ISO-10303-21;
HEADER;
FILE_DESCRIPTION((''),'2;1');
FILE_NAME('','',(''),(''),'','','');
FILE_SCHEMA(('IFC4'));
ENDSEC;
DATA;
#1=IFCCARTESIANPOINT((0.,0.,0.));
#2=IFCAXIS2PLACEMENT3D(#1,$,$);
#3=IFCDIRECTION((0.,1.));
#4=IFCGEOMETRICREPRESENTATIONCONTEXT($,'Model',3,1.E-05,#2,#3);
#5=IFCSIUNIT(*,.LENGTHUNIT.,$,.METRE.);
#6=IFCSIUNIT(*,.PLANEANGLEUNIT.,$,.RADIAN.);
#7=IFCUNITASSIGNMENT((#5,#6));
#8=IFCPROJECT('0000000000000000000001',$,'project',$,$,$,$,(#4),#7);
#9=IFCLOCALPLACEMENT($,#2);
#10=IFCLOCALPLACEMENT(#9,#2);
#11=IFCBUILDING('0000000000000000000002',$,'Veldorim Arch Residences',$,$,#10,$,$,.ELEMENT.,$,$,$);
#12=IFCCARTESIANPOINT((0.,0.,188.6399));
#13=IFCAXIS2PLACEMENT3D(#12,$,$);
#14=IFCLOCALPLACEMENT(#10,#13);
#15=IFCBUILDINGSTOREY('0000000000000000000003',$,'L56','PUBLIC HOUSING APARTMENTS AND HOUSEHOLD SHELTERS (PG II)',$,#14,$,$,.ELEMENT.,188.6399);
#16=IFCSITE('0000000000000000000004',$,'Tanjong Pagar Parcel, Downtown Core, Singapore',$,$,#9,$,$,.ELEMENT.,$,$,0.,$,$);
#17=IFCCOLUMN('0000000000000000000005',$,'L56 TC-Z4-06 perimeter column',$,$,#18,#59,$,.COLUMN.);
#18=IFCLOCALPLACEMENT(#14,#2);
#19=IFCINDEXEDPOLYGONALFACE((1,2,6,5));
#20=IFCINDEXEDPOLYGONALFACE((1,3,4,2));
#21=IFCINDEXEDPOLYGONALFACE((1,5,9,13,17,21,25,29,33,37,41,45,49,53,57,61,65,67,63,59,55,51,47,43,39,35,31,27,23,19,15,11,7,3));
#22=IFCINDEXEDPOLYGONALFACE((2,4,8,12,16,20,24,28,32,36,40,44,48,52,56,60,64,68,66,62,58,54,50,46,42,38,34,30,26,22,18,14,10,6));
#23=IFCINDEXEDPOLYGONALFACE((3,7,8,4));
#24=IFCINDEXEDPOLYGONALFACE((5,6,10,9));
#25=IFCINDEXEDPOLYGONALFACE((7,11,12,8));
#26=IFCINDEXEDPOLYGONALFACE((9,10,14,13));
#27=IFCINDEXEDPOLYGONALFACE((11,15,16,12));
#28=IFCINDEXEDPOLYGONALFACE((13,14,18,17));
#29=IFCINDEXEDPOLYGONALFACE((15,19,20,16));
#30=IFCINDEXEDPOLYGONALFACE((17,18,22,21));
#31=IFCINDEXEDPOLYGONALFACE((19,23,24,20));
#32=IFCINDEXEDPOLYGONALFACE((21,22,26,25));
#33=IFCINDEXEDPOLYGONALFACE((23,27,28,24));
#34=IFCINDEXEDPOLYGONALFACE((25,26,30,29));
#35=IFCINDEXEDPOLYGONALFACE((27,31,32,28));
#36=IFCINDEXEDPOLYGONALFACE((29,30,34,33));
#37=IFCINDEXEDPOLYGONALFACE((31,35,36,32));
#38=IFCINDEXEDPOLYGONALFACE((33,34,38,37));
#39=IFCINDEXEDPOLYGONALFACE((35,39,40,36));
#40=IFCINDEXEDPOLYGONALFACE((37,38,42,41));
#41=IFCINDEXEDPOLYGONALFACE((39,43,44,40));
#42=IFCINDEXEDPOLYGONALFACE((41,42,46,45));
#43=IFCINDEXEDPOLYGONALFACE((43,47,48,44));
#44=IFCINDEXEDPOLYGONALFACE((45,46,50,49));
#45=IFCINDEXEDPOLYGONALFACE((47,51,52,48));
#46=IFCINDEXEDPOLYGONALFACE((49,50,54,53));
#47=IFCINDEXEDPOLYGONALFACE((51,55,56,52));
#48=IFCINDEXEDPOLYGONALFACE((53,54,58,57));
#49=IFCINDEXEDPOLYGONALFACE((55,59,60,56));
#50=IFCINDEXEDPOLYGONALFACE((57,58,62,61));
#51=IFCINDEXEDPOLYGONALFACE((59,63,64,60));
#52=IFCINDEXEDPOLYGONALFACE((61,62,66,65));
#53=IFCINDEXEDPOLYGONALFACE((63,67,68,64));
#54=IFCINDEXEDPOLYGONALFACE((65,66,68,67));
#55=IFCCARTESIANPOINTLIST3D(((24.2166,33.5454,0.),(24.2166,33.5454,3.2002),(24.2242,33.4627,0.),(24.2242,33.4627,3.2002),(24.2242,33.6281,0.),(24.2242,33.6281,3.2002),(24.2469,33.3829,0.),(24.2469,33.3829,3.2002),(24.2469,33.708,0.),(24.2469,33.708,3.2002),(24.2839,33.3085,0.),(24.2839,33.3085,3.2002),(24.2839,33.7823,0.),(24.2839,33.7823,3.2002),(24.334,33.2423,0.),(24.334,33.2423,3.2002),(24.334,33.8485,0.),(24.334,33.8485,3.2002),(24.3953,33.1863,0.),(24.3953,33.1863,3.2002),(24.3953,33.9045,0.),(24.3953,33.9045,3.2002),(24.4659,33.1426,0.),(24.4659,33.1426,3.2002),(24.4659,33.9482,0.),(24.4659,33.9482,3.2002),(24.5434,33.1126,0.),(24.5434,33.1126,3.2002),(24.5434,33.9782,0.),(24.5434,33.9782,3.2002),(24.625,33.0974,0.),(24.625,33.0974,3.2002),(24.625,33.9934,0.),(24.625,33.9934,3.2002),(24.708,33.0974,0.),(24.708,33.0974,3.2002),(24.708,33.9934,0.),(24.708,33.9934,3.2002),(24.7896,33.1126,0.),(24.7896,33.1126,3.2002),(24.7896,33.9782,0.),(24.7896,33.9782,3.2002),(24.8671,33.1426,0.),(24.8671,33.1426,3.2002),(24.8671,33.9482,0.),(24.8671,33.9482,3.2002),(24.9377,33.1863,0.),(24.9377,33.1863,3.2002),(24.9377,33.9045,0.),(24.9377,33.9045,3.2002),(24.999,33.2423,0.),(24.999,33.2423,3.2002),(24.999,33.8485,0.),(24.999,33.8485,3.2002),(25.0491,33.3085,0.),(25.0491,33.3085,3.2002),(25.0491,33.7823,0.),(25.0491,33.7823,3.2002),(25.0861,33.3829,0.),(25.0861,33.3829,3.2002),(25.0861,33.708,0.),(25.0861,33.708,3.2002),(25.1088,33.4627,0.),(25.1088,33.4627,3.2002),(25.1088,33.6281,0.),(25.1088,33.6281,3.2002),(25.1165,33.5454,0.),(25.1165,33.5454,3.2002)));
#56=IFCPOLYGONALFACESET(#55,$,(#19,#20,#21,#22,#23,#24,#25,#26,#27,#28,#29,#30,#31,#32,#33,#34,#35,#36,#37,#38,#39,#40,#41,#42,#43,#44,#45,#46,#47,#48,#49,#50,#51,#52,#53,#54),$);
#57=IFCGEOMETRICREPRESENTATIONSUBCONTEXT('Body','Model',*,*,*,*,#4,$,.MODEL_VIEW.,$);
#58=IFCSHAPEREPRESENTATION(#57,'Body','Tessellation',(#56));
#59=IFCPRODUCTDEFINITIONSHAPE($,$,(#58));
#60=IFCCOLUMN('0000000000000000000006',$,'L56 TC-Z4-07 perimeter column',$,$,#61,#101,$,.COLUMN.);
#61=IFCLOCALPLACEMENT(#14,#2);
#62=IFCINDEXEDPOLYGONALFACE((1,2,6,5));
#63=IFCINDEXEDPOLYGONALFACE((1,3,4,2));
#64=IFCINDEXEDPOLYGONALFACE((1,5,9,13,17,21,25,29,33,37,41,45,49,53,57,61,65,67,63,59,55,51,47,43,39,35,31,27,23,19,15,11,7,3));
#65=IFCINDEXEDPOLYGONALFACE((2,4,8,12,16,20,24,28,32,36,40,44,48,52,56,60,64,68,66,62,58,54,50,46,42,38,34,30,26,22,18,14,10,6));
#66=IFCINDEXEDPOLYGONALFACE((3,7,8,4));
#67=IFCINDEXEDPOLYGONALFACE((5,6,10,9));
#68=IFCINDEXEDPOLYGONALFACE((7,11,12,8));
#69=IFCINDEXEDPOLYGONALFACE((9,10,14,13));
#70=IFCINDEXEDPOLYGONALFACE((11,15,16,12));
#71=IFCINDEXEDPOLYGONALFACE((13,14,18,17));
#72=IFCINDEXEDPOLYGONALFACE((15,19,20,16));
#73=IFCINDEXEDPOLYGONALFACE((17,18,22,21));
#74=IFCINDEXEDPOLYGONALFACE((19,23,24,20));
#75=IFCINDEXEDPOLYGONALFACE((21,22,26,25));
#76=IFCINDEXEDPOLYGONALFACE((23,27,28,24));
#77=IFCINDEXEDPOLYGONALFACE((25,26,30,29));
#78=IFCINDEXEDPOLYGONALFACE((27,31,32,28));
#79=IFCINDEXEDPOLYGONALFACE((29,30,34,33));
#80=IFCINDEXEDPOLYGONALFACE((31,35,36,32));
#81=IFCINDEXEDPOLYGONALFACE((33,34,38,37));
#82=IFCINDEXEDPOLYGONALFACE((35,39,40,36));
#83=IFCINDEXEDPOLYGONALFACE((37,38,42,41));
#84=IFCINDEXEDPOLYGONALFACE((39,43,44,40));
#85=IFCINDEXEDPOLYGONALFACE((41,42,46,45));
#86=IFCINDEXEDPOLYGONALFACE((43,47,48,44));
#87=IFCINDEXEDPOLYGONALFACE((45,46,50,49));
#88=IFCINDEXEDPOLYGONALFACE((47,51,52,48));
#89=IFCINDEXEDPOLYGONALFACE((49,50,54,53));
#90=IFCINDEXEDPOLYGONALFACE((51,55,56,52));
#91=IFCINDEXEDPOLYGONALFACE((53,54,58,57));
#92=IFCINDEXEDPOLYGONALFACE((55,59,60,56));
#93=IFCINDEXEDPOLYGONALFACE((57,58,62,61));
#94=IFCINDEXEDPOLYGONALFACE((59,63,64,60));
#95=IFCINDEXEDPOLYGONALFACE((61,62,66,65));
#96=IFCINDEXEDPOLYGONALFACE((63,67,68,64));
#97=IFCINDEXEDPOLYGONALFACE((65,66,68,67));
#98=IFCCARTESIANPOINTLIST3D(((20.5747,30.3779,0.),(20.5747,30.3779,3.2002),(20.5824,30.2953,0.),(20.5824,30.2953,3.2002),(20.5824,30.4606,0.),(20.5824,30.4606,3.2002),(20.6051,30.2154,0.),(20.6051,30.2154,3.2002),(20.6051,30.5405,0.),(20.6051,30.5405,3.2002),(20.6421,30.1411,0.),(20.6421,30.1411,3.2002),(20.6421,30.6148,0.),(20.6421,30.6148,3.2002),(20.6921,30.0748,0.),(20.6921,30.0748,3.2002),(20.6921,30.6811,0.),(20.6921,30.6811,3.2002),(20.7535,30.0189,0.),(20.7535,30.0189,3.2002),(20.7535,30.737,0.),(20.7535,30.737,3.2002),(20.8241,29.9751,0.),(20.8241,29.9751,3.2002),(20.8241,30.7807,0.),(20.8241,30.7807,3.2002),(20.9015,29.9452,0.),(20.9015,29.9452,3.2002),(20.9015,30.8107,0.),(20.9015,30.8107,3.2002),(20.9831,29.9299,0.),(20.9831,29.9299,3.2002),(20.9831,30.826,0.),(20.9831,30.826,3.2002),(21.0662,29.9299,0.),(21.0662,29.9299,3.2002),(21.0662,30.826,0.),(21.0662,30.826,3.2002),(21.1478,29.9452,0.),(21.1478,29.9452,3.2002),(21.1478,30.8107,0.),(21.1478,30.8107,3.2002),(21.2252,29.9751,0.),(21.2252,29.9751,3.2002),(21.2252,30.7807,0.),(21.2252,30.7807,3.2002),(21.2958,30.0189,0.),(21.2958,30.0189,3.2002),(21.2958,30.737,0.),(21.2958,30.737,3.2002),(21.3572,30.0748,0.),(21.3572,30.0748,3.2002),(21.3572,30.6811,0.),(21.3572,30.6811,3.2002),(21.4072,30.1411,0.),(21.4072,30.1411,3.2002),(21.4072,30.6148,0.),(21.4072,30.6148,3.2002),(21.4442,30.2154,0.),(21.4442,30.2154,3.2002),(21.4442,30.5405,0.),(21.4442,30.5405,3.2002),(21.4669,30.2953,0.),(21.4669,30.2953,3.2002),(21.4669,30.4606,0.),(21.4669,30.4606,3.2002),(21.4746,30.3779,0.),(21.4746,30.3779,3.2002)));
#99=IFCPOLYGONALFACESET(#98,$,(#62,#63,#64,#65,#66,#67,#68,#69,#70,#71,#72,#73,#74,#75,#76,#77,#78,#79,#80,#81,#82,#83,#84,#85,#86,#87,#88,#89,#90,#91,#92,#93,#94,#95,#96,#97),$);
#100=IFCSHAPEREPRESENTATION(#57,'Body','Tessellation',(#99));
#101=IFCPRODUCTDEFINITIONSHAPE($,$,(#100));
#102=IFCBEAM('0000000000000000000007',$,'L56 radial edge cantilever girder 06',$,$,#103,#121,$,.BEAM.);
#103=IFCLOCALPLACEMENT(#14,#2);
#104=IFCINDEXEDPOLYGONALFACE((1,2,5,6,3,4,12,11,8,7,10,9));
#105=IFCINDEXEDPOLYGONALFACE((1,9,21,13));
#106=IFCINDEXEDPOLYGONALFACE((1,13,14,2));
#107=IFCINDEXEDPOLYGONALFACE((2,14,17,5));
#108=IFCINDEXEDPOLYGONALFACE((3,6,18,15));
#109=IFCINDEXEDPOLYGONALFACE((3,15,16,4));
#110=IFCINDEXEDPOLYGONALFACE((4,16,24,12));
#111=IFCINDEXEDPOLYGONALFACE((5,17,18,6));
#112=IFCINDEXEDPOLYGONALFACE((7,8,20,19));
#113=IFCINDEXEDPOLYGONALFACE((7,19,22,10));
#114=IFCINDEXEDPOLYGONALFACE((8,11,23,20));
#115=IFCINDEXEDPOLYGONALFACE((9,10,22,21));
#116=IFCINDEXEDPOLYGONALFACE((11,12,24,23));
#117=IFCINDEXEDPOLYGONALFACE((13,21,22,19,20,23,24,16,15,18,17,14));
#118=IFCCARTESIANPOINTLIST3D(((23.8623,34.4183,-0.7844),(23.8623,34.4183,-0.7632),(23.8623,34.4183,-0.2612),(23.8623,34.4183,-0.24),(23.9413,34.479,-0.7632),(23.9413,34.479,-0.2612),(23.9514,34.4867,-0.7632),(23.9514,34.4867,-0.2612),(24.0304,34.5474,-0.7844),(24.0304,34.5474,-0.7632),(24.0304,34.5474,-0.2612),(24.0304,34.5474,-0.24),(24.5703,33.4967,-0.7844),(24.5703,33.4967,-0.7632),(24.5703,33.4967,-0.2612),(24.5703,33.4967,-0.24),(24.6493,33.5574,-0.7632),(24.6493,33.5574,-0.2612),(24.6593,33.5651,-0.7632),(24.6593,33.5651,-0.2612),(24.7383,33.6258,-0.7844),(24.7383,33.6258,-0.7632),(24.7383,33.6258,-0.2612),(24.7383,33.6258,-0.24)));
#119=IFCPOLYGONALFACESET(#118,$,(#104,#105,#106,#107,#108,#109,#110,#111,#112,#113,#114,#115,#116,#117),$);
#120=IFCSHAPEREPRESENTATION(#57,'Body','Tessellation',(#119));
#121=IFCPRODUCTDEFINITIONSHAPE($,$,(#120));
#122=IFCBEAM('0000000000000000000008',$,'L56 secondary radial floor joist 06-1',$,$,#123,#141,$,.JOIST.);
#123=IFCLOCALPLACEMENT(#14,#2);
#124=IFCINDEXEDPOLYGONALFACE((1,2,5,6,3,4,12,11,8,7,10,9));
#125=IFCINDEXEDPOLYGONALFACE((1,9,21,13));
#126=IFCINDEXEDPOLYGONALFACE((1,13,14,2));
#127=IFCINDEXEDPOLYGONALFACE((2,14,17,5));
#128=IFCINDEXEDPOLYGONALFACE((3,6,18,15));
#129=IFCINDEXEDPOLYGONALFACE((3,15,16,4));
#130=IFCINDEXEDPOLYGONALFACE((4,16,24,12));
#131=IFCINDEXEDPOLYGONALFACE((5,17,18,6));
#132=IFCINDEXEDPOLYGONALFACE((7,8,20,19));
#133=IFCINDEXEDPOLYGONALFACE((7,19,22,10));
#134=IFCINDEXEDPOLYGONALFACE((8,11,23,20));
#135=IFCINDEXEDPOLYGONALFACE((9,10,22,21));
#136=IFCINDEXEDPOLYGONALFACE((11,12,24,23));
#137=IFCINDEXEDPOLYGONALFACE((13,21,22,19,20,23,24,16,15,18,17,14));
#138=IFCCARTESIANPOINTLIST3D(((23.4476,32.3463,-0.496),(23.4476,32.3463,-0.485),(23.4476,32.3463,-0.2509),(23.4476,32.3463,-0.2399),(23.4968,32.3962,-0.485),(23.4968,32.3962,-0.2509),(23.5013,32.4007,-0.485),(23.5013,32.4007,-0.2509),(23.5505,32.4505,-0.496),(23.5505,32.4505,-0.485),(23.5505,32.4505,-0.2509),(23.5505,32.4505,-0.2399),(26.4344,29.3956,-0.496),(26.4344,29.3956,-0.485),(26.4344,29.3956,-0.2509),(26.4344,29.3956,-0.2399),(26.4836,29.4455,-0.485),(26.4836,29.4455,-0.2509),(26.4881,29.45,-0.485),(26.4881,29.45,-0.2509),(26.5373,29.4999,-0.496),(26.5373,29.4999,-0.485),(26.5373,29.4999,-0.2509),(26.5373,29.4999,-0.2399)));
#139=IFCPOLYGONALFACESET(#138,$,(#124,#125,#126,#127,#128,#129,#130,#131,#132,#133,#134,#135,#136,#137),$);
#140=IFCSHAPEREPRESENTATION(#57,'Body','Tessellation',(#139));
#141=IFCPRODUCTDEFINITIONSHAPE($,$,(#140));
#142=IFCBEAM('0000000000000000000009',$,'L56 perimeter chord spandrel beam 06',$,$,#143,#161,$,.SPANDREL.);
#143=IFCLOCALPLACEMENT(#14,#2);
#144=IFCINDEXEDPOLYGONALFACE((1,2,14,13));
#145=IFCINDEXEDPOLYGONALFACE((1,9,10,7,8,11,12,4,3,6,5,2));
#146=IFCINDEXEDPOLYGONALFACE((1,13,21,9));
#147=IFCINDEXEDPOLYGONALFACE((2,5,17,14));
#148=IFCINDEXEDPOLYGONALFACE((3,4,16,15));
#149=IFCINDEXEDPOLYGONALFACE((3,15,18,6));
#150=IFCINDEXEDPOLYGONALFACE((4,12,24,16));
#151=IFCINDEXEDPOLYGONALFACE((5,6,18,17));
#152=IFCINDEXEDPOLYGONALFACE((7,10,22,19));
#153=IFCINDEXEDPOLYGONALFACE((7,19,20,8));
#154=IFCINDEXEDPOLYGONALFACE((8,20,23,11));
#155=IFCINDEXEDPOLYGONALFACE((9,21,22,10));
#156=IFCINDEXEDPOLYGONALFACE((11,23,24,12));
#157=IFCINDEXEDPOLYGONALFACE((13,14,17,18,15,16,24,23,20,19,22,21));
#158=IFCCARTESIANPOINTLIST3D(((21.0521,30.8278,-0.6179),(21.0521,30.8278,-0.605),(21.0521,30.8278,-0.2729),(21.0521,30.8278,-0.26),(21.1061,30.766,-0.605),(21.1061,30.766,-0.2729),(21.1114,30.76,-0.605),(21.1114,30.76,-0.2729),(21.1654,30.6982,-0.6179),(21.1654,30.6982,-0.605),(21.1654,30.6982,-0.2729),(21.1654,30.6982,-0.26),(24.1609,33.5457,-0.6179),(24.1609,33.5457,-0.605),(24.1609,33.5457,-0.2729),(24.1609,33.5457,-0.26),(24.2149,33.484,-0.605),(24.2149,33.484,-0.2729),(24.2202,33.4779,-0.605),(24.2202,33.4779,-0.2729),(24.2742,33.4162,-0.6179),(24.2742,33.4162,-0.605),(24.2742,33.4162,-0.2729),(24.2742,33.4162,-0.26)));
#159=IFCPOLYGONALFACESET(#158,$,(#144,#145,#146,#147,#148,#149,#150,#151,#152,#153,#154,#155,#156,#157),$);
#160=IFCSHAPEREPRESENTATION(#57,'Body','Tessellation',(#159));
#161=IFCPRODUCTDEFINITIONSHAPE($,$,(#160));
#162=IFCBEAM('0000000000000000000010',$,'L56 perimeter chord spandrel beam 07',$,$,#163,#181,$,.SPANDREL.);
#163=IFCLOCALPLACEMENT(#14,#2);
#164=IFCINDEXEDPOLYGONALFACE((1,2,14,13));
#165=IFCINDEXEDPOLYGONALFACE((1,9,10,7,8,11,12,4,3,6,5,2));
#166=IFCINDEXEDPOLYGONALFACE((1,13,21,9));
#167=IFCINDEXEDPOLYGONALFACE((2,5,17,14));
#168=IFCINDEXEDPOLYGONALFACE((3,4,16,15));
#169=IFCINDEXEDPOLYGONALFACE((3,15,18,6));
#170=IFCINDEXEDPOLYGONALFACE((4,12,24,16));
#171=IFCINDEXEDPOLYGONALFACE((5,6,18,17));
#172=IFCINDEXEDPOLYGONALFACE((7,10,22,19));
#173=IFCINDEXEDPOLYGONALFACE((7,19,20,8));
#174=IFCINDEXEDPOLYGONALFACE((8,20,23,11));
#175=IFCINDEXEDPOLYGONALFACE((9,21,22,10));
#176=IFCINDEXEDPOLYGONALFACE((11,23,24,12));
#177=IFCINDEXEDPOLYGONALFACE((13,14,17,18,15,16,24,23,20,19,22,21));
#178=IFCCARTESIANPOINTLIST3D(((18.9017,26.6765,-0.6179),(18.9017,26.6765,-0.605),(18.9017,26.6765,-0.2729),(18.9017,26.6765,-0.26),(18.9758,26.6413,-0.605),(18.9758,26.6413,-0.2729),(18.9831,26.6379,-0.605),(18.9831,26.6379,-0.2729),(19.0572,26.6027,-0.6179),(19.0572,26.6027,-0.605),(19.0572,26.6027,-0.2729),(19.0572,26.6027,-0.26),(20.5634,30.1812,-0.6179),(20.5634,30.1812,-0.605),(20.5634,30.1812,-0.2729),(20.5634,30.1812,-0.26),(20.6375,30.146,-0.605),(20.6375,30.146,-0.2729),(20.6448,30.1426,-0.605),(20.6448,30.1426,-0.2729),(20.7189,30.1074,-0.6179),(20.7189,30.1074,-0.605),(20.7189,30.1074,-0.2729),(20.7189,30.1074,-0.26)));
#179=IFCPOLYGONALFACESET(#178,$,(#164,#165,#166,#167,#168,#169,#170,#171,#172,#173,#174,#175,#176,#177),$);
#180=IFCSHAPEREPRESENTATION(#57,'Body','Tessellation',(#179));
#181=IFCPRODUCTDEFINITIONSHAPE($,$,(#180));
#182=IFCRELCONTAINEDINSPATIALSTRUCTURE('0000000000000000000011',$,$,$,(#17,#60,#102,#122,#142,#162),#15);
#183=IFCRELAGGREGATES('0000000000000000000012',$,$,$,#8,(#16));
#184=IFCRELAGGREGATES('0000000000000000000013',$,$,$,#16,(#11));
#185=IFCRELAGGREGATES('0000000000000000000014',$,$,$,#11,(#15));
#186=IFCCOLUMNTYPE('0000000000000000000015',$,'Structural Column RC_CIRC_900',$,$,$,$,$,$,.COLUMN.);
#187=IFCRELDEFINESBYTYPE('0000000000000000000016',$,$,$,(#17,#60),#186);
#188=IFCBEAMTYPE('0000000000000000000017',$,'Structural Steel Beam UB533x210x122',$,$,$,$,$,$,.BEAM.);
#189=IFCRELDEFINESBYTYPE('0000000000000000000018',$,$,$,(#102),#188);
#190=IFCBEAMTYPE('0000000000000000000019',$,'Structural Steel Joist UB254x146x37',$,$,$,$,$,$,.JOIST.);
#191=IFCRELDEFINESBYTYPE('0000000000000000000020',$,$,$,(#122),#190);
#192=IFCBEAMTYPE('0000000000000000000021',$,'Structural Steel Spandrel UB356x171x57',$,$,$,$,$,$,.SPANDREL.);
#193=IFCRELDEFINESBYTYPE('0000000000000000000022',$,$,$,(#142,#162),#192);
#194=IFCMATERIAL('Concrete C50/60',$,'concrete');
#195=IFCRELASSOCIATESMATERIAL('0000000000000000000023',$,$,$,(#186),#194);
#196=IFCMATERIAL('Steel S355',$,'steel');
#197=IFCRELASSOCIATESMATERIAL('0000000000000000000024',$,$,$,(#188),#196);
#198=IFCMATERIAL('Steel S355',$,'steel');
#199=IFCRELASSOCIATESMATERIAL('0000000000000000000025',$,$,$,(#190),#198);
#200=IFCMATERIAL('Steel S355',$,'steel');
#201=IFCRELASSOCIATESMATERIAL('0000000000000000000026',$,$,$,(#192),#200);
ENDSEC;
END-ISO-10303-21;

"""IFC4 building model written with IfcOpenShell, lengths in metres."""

from ifc_helpers import new_model, si_unit, direction, frame, origin, origin_2d, place, context, subcontext, project, spatial, circle, i_section, extrude, material, material_profile, profile_set, type_object, element, save


model = new_model("IFC4")

# Units and contexts
model_context = context("Model", 3, precision=1e-05, world=origin(), true_north=direction((0.0, 1.0)))
body_context = subcontext(model_context, "Body", "Model", "MODEL_VIEW")
ifc_project = project(units=[si_unit("LENGTHUNIT", "METRE"), si_unit("PLANEANGLEUNIT", "RADIAN")], contexts=[model_context])

# Site, building, storey
site_placement = place(None, origin())
site = spatial("IfcSite", under=ifc_project, at=site_placement, Name="Tanjong Pagar Parcel, Downtown Core, Singapore", CompositionType="ELEMENT", RefElevation=0.0)
building_placement = place(site_placement, origin())
building = spatial("IfcBuilding", under=site, at=building_placement, Name="Veldorim Arch Residences", CompositionType="ELEMENT")
storey_placement = place(building_placement, frame((0.0, 0.0, 188.6399)))
storey = spatial("IfcBuildingStorey", under=building, at=storey_placement, Name="L56", Description="PUBLIC HOUSING APARTMENTS AND HOUSEHOLD SHELTERS (PG II)", CompositionType="ELEMENT", Elevation=188.6399)

# Columns
ifc_material_1 = material(Name="Concrete C50/60", Category="concrete")
ifc_material_profile_1 = material_profile(ifc_material_1, circle(Radius=0.45, at=origin_2d()), Name="RC_CIRC_900")
ifc_profile_set_1 = profile_set([ifc_material_profile_1], Name="Concrete C50/60")
column_type = type_object("IfcColumnType", Name="Structural Column RC_CIRC_900", PredefinedType="COLUMN", material=ifc_profile_set_1)
for number, where, z_axis, x_axis, name in (
    (1, (24.6665, 33.5454, 0.0), (0.0, 0.0, 1.0), (1.0, 0.0, 0.0), "L56 TC-Z4-06 perimeter column"),
    (2, (21.0247, 30.3779, 0.0), (0.0, 0.0, 1.0), (1.0, 0.0, 0.0), "L56 TC-Z4-07 perimeter column"),
):
    element("IfcColumn", number, at=place(storey_placement, frame(where, z_axis=z_axis, x_axis=x_axis)), inside=storey, type_object=column_type, Name=name, PredefinedType="COLUMN", context=body_context, shape_type="SweptSolid", body=[
        extrude(circle(Radius=0.45, at=origin_2d()), origin(), (0.0, 0.0, 1.0), 3.2002),
    ])

# Beams
ifc_material_2 = material(Name="Steel S355", Category="steel")
ifc_material_profile_2 = material_profile(ifc_material_2, i_section(OverallWidth=0.2119, OverallDepth=0.5444, WebThickness=0.0127, FlangeThickness=0.0212, at=origin_2d()), Name="UB533x210x122")
ifc_profile_set_2 = profile_set([ifc_material_profile_2], Name="Steel S355")
beam_type_1 = type_object("IfcBeamType", Name="Structural Steel Beam UB533x210x122", PredefinedType="BEAM", material=ifc_profile_set_2)
beam_1_placement = place(storey_placement, frame((24.6543, 33.5613, -0.5122), z_axis=(-0.609203, 0.793014, 0.0), x_axis=(-0.793014, -0.609203, 0.0)))
element("IfcBeam", 3, at=beam_1_placement, inside=storey, type_object=beam_type_1, Name="L56 radial edge cantilever girder 06", PredefinedType="BEAM", context=body_context, shape_type="SweptSolid", body=[
    extrude(i_section(OverallWidth=0.2119, OverallDepth=0.5444, WebThickness=0.0127, FlangeThickness=0.0212, at=origin_2d()), origin(), (0.0, 0.0, 1.0), 1.1621),
])
ifc_material_3 = material(Name="Steel S355", Category="steel")
ifc_material_profile_3 = material_profile(ifc_material_3, i_section(OverallWidth=0.1465, OverallDepth=0.2561, WebThickness=0.0063, FlangeThickness=0.011, at=origin_2d()), Name="UB254x146x37")
ifc_profile_set_3 = profile_set([ifc_material_profile_3], Name="Steel S355")
beam_type_2 = type_object("IfcBeamType", Name="Structural Steel Joist UB254x146x37", PredefinedType="JOIST", material=ifc_profile_set_3)
beam_2_placement = place(storey_placement, frame((26.4858, 29.4478, -0.3679), z_axis=(-0.711397, 0.702791, 0.0), x_axis=(-0.702791, -0.711397, 0.0)))
element("IfcBeam", 4, at=beam_2_placement, inside=storey, type_object=beam_type_2, Name="L56 secondary radial floor joist 06-1", PredefinedType="JOIST", context=body_context, shape_type="SweptSolid", body=[
    extrude(i_section(OverallWidth=0.1465, OverallDepth=0.2561, WebThickness=0.0063, FlangeThickness=0.011, at=origin_2d()), origin(), (0.0, 0.0, 1.0), 4.1985),
])
ifc_material_4 = material(Name="Steel S355", Category="steel")
ifc_material_profile_4 = material_profile(ifc_material_4, i_section(OverallWidth=0.1721, OverallDepth=0.3579, WebThickness=0.0081, FlangeThickness=0.0129, at=origin_2d()), Name="UB356x171x57")
ifc_profile_set_4 = profile_set([ifc_material_profile_4], Name="Steel S355")
beam_type_3 = type_object("IfcBeamType", Name="Structural Steel Spandrel UB356x171x57", PredefinedType="SPANDREL", material=ifc_profile_set_4)
beam_3_placement = place(storey_placement, frame((24.2175, 33.481, -0.439), z_axis=(-0.752848, -0.658195, 0.0), x_axis=(0.658195, -0.752848, 0.0)))
element("IfcBeam", 5, at=beam_3_placement, inside=storey, type_object=beam_type_3, Name="L56 perimeter chord spandrel beam 06", PredefinedType="SPANDREL", context=body_context, shape_type="SweptSolid", body=[
    extrude(i_section(OverallWidth=0.1721, OverallDepth=0.3579, WebThickness=0.0081, FlangeThickness=0.0129, at=origin_2d()), origin(), (0.0, 0.0, 1.0), 4.1294),
])
beam_4_placement = place(storey_placement, frame((20.6411, 30.1443, -0.439), z_axis=(-0.428408, -0.903585, 0.0), x_axis=(0.903585, -0.428408, 0.0)))
element("IfcBeam", 6, at=beam_4_placement, inside=storey, type_object=beam_type_3, Name="L56 perimeter chord spandrel beam 07", PredefinedType="SPANDREL", context=body_context, shape_type="SweptSolid", body=[
    extrude(i_section(OverallWidth=0.1721, OverallDepth=0.3579, WebThickness=0.0081, FlangeThickness=0.0129, at=origin_2d()), origin(), (0.0, 0.0, 1.0), 3.8787),
])

save(model, "model.ifc")
